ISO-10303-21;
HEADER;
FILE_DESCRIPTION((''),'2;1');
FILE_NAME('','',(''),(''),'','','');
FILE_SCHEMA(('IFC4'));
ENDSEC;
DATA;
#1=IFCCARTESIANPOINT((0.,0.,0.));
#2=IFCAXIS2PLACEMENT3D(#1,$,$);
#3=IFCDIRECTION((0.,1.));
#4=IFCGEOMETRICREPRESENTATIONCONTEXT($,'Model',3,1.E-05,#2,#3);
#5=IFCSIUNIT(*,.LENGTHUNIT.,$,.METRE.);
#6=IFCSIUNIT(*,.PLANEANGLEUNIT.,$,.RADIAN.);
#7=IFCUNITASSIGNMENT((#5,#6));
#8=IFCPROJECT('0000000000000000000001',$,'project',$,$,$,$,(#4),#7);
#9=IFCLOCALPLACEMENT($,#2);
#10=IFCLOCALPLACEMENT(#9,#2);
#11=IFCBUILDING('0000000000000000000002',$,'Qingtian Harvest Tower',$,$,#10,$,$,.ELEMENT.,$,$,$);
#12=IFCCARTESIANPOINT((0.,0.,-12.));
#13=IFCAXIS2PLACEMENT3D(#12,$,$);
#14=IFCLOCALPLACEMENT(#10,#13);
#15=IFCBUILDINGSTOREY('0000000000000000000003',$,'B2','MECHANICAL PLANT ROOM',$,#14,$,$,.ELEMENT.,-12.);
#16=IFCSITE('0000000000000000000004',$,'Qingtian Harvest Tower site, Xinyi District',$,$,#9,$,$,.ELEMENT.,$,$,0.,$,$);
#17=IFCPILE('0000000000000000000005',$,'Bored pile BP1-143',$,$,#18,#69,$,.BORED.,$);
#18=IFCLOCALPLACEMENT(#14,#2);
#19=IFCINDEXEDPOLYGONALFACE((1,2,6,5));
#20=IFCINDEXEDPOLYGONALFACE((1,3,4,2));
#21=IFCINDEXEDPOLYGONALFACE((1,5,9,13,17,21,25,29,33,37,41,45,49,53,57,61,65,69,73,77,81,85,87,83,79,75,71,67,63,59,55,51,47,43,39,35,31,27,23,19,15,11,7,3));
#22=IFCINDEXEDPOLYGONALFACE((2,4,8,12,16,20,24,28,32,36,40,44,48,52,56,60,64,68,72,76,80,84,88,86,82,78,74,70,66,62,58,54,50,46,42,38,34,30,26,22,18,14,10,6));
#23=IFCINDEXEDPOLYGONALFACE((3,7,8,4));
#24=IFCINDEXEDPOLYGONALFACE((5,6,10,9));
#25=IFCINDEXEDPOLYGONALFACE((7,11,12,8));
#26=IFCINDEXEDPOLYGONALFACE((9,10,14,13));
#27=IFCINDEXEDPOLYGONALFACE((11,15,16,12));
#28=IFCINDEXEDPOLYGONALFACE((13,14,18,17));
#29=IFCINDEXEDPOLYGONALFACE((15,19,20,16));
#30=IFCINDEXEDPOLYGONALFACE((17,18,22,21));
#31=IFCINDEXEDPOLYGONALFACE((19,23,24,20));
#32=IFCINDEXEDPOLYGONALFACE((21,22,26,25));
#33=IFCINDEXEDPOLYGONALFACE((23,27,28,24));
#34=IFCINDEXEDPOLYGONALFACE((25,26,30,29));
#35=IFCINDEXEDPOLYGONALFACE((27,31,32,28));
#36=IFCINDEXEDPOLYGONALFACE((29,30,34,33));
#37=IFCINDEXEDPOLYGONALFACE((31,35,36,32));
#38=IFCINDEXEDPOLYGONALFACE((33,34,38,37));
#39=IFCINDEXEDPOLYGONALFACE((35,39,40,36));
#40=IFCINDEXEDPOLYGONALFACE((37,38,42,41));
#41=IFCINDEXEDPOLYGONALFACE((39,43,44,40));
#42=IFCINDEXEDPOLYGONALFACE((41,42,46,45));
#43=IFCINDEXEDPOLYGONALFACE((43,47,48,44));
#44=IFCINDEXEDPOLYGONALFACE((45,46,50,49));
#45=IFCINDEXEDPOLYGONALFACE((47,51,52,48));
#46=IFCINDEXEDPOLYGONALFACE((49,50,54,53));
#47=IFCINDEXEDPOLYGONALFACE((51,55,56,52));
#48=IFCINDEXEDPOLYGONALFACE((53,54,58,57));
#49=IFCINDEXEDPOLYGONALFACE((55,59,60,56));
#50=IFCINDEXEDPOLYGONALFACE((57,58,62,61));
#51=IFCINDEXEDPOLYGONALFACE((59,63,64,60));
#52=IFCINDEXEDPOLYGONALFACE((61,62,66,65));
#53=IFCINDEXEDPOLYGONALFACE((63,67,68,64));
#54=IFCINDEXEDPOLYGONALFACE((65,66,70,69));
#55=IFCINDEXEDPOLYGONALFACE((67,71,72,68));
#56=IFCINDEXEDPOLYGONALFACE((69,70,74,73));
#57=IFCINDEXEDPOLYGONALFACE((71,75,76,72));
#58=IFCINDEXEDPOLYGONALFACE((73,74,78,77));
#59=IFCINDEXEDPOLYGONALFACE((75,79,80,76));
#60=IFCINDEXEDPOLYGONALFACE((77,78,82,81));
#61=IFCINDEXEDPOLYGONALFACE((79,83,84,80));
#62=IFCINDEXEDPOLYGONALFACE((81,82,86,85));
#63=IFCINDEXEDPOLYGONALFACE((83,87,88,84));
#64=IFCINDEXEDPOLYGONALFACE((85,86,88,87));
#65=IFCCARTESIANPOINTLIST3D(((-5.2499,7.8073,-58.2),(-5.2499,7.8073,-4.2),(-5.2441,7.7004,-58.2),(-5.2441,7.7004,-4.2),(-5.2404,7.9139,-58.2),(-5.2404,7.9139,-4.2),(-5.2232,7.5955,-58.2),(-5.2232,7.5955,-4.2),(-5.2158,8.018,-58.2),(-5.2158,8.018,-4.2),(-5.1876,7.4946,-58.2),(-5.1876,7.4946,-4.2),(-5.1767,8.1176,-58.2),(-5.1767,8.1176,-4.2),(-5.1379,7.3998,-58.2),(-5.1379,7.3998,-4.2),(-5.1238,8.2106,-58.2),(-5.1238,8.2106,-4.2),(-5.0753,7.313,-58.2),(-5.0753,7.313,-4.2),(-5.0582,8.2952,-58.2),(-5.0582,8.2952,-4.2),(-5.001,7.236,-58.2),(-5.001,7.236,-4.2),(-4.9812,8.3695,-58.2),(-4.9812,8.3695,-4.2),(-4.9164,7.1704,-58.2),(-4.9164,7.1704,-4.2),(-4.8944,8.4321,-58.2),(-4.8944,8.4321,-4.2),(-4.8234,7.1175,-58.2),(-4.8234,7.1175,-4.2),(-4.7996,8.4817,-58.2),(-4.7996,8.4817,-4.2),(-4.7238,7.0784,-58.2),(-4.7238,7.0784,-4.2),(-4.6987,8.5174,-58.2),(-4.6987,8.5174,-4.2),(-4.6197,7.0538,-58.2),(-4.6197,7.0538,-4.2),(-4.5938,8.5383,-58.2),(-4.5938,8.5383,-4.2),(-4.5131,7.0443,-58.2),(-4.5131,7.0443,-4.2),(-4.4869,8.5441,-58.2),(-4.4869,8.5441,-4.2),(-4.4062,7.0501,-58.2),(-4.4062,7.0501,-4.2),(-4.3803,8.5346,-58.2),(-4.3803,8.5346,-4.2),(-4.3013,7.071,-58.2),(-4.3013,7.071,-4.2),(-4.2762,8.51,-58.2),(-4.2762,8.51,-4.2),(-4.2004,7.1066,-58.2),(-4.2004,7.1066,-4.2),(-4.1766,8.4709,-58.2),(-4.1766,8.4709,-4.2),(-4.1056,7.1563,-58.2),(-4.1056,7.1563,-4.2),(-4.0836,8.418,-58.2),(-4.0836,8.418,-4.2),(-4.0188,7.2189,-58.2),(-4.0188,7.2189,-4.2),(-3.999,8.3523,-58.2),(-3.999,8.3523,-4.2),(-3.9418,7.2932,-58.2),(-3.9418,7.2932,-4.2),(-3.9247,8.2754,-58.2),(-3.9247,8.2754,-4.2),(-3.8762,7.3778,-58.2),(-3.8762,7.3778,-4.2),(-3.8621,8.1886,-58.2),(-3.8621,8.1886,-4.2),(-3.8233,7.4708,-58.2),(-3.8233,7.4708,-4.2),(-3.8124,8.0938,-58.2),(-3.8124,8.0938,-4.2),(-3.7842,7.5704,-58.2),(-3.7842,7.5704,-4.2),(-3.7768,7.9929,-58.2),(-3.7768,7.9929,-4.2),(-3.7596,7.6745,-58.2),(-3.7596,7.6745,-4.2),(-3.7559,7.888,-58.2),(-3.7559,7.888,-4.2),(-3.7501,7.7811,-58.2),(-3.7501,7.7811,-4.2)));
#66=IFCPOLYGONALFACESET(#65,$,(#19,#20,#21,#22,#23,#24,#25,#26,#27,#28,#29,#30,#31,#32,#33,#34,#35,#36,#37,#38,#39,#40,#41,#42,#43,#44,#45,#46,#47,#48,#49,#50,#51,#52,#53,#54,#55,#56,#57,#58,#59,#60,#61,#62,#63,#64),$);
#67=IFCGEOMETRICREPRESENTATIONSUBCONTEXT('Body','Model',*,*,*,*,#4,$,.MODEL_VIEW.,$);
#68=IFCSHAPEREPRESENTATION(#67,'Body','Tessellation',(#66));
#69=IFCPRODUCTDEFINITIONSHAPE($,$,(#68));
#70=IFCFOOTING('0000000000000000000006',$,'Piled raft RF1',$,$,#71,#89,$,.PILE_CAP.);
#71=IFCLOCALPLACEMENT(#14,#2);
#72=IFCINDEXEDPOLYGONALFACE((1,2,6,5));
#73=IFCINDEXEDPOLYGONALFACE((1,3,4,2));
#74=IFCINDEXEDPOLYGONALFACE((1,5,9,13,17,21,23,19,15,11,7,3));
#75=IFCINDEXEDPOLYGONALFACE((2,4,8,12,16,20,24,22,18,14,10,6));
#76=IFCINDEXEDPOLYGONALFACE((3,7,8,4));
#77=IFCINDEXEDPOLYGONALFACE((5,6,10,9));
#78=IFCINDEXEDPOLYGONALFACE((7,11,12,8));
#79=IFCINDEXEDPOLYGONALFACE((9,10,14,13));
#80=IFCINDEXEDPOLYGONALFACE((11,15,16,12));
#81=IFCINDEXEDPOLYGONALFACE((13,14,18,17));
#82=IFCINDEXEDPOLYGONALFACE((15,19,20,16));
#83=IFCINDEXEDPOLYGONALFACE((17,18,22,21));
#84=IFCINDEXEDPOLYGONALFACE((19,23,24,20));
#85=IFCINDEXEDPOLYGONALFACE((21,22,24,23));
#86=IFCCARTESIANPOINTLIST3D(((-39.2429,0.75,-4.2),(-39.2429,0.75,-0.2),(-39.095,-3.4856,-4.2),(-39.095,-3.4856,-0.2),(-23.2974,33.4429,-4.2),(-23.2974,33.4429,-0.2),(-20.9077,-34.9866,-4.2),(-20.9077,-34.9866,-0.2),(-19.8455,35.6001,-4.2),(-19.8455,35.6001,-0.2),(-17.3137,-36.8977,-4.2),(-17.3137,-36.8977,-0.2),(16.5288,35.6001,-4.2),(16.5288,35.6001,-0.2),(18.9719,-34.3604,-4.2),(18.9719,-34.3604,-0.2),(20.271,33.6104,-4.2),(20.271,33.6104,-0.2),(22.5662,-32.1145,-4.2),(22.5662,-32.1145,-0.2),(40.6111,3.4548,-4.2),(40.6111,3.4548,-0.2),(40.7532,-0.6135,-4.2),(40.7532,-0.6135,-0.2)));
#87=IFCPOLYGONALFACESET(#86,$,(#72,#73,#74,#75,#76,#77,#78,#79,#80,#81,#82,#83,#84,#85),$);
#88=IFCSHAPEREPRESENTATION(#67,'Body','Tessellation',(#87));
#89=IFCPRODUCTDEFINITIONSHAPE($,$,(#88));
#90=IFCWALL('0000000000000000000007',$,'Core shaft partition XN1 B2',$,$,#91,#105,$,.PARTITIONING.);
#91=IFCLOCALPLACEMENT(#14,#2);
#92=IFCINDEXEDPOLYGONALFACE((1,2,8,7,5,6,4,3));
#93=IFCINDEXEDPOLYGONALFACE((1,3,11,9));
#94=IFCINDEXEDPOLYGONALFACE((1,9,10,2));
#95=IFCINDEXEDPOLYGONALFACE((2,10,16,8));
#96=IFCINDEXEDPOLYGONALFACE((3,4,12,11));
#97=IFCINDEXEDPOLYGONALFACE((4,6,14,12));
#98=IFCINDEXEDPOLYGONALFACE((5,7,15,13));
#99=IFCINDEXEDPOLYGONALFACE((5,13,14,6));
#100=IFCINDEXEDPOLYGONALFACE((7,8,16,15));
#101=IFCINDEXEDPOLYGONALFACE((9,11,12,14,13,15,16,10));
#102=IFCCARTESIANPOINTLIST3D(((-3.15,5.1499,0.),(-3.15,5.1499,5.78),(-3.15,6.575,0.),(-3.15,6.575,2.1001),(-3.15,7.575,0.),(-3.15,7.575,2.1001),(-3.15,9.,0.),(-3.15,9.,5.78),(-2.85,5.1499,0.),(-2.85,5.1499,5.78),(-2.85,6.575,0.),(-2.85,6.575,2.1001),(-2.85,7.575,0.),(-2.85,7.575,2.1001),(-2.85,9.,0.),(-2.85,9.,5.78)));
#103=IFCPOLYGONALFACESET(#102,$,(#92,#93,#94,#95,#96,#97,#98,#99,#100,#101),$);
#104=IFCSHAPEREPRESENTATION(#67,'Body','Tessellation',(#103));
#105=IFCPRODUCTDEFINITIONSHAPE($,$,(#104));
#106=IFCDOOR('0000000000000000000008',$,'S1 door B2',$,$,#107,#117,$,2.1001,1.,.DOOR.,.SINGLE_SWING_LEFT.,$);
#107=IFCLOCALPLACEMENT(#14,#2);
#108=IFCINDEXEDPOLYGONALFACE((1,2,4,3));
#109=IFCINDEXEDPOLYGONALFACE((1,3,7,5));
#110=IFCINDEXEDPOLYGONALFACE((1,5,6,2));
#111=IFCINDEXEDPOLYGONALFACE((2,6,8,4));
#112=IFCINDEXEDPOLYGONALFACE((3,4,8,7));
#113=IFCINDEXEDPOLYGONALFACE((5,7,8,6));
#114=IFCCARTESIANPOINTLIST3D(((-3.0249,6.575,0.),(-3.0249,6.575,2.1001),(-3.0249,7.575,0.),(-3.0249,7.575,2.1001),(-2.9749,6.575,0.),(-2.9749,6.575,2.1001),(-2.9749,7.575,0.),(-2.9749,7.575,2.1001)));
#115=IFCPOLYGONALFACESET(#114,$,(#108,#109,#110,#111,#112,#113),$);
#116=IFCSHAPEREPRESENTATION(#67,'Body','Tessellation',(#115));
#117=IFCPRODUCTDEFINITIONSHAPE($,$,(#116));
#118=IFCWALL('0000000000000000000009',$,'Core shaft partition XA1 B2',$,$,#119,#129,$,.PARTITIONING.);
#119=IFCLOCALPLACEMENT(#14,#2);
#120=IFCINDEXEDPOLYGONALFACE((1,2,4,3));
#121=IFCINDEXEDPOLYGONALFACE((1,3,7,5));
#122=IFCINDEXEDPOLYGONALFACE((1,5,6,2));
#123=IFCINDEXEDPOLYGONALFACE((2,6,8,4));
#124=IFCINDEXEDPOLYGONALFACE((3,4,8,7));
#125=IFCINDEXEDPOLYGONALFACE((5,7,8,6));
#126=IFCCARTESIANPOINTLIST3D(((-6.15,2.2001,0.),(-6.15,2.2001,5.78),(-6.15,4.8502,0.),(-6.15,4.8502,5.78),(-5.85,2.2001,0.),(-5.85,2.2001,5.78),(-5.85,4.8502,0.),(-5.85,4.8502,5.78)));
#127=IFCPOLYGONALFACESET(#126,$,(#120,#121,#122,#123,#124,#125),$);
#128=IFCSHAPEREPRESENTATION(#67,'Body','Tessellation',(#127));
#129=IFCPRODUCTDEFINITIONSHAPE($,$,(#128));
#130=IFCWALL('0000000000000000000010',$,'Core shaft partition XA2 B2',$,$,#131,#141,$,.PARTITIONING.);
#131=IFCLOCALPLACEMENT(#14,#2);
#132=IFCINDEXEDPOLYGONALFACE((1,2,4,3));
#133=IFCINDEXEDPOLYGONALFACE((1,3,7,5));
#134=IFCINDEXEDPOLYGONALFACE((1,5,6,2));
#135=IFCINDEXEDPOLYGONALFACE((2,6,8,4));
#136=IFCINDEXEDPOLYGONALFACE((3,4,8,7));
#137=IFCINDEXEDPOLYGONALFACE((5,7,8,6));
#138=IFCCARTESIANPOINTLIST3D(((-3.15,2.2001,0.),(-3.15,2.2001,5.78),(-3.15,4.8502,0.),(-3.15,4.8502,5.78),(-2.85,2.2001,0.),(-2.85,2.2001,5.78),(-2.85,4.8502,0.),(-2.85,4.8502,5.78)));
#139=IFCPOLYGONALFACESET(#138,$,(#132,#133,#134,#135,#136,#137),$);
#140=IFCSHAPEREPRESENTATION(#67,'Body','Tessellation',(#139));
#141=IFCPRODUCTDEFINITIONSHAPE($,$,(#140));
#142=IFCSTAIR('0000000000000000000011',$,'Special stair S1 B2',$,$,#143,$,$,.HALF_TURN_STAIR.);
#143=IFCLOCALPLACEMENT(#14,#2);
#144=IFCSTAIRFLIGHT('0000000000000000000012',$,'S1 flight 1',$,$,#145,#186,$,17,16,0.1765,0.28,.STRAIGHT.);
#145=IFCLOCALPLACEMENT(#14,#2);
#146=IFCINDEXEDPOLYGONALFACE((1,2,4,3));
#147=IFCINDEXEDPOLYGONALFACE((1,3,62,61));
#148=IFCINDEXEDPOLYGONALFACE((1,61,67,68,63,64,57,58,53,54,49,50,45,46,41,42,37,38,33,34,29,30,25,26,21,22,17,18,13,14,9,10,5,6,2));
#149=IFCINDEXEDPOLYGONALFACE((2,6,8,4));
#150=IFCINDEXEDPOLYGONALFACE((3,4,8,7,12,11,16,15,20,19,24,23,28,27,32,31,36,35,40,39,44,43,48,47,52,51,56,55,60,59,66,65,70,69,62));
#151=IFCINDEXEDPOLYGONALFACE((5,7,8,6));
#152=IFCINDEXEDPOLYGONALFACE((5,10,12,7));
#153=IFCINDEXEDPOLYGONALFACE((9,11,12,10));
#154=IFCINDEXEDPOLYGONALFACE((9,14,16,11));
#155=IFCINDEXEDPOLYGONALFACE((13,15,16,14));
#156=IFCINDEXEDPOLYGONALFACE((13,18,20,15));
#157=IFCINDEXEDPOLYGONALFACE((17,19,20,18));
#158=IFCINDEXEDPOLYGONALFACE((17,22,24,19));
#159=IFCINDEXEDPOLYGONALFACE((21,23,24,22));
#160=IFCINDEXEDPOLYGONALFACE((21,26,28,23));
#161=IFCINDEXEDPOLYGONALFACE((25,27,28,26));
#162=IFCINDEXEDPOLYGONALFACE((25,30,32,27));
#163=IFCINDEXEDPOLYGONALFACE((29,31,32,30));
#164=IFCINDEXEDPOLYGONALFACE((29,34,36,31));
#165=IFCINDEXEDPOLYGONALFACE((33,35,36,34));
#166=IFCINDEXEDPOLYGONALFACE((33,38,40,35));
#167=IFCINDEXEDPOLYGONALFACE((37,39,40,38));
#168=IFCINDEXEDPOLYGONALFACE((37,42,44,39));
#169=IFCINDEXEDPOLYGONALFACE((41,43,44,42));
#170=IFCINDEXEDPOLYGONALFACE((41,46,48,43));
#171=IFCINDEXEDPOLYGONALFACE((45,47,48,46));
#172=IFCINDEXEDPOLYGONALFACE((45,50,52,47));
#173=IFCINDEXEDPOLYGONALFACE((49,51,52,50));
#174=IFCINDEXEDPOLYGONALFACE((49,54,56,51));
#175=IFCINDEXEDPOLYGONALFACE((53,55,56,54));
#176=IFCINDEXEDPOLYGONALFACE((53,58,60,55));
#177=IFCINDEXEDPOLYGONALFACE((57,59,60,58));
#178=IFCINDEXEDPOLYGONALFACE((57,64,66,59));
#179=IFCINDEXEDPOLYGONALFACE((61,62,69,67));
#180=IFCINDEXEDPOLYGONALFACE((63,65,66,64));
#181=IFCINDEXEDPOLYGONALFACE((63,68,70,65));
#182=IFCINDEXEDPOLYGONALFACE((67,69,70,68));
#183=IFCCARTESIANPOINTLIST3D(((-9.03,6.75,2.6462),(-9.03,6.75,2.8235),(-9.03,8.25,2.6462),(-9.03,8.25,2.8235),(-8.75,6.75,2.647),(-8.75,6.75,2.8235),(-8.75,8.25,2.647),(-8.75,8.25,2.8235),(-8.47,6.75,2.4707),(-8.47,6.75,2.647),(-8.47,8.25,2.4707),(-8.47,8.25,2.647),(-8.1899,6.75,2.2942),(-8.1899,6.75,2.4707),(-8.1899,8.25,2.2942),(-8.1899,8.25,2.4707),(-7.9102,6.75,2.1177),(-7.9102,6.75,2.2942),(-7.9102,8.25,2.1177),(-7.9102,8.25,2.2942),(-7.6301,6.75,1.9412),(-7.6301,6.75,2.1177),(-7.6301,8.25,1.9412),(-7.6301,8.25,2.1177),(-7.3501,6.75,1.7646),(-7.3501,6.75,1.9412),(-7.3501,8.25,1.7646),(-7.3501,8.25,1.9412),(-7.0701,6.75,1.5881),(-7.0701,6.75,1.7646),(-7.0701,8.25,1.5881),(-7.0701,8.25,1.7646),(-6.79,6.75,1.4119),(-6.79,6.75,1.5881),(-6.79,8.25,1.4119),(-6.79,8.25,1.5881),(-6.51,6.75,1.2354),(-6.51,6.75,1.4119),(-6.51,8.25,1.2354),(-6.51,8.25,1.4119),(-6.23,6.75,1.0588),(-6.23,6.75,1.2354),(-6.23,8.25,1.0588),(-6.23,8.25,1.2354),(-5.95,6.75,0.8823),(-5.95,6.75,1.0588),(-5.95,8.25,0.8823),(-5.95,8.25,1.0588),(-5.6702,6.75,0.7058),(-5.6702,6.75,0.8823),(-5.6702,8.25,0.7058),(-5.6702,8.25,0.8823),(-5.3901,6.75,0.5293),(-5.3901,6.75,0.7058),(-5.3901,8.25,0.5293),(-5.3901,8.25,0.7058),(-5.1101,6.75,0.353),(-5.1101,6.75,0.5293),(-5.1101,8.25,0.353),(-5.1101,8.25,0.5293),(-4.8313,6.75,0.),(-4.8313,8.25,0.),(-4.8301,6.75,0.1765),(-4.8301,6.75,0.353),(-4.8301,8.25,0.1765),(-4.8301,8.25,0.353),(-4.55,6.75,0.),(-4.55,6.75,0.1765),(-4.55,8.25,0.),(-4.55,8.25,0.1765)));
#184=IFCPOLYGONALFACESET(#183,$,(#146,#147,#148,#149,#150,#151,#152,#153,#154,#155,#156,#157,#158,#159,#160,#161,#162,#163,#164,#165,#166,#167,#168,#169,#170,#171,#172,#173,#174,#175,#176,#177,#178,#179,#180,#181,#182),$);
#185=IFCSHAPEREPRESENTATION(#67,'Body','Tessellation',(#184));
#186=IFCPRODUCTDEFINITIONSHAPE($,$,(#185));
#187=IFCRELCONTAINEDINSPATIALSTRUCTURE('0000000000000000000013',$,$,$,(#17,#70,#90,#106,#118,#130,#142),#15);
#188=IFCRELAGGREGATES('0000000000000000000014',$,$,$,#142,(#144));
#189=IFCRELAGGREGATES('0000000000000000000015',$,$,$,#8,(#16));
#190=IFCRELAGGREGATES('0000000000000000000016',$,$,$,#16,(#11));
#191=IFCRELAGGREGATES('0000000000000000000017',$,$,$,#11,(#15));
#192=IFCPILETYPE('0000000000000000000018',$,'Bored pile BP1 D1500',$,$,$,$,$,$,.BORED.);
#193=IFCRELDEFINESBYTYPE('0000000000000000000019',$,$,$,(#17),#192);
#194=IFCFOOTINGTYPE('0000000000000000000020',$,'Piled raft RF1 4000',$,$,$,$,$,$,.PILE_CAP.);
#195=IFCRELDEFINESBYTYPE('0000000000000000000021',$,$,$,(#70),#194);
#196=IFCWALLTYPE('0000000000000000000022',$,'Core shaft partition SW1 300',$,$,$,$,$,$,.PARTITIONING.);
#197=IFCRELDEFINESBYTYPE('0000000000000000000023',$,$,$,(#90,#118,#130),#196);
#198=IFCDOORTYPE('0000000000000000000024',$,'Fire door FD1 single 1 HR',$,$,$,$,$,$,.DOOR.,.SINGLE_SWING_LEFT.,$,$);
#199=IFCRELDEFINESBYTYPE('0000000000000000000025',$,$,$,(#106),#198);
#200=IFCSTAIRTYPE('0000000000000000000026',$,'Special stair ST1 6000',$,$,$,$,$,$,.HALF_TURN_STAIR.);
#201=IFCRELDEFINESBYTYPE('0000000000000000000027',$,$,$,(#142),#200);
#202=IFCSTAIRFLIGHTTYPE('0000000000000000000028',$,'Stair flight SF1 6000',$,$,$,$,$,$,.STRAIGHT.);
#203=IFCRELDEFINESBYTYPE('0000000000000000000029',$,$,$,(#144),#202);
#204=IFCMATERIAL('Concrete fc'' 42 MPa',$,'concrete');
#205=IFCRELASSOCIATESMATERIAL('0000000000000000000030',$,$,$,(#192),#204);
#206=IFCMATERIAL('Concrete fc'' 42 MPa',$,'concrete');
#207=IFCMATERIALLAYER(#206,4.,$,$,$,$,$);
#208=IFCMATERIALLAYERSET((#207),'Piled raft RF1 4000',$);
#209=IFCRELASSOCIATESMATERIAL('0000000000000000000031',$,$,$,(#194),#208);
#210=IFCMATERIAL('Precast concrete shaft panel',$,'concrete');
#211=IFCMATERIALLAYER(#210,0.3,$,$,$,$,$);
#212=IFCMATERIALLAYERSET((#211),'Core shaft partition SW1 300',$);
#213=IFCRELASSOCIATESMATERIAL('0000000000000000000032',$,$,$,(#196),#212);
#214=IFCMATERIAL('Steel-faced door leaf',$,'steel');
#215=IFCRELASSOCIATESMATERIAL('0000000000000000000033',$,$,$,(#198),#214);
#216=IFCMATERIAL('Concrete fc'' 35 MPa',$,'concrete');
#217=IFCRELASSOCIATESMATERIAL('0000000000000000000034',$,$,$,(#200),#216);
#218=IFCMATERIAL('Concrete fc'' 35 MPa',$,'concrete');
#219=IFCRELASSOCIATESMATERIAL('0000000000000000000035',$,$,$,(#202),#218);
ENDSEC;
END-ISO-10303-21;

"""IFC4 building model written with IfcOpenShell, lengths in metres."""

from ifc_helpers import new_model, si_unit, direction, frame, frame_2d, origin, place, context, subcontext, project, spatial, polyline, rectangle, circle, outline, extrude, material, layer, layer_set, material_profile, profile_set, type_object, element, fill, aggregate, save


model = new_model("IFC4")

# Units and contexts
model_context = context("Model", 3, precision=1e-05, world=origin(), true_north=direction((0.0, 1.0)))
body_context = subcontext(model_context, "Body", "Model", "MODEL_VIEW")
ifc_project = project(units=[si_unit("LENGTHUNIT", "METRE"), si_unit("PLANEANGLEUNIT", "RADIAN")], contexts=[model_context])

# Site, building, storey
site_placement = place(None, origin())
site = spatial("IfcSite", under=ifc_project, at=site_placement, Name="Qingtian Harvest Tower site, Xinyi District", CompositionType="ELEMENT", RefElevation=0.0)
building_placement = place(site_placement, origin())
building = spatial("IfcBuilding", under=site, at=building_placement, Name="Qingtian Harvest Tower", CompositionType="ELEMENT")
storey_placement = place(building_placement, frame((0.0, 0.0, -12.0)))
storey = spatial("IfcBuildingStorey", under=building, at=storey_placement, Name="B2", Description="MECHANICAL PLANT ROOM", CompositionType="ELEMENT", Elevation=-12.0)

# Pile
ifc_material_1 = material(Name="Concrete fc' 42 MPa", Category="concrete")
ifc_material_profile = material_profile(ifc_material_1, circle(Radius=0.75, at=frame_2d((0.0, 0.0), x_axis=(0.999848, 0.017452))), Name="Bored pile BP1 D1500")
ifc_profile_set = profile_set([ifc_material_profile], Name="Concrete fc' 42 MPa")
pile_type = type_object("IfcPileType", Name="Bored pile BP1 D1500", PredefinedType="BORED", material=ifc_profile_set)
for number, where, z_axis, x_axis, name in (
    (1, (-4.5, 7.7942, -4.2), (0.0, 0.0, -1.0), (1.0, 0.0, 0.0), "Bored pile BP1-143"),
):
    element("IfcPile", number, at=place(storey_placement, frame(where, z_axis=z_axis, x_axis=x_axis)), inside=storey, type_object=pile_type, Name=name, PredefinedType="BORED", context=body_context, shape_type="SweptSolid", body=[
        extrude(circle(Radius=0.75, at=frame_2d((0.0, 0.0), x_axis=(0.999848, 0.017452))), origin(), (0.0, 0.0, 1.0), 54.0),
    ])

# Footing
ifc_material_2 = material(Name="Concrete fc' 42 MPa", Category="concrete")
ifc_layer_1 = layer(ifc_material_2, 4.0)
ifc_layer_set_1 = layer_set([ifc_layer_1], Name="Piled raft RF1 4000")
footing_type = type_object("IfcFootingType", Name="Piled raft RF1 4000", PredefinedType="PILE_CAP", material=ifc_layer_set_1)
footing_placement = place(storey_placement, frame((0.0, 0.0, -4.2)))
element("IfcFooting", 2, at=footing_placement, inside=storey, type_object=footing_type, Name="Piled raft RF1", PredefinedType="PILE_CAP", context=body_context, shape_type="SweptSolid", body=[
    extrude(outline(polyline([(-19.8455, 35.6001), (16.5288, 35.6001), (20.271, 33.6104), (40.6111, 3.4548), (40.7532, -0.6135), (22.5662, -32.1145), (18.9719, -34.3604), (-17.3137, -36.8977), (-20.9077, -34.9866), (-39.095, -3.4856), (-39.2429, 0.75), (-23.2974, 33.4429), (-19.8455, 35.6001)])), origin(), (0.0, 0.0, 1.0), 4.0),
])

# Wall, opening, door
ifc_material_3 = material(Name="Precast concrete shaft panel", Category="concrete")
ifc_layer_2 = layer(ifc_material_3, 0.3)
ifc_layer_set_2 = layer_set([ifc_layer_2], Name="Core shaft partition SW1 300")
wall_type = type_object("IfcWallType", Name="Core shaft partition SW1 300", PredefinedType="PARTITIONING", material=ifc_layer_set_2)
wall_placement = place(storey_placement, frame((-3.0, 5.1499, 0.0), z_axis=(0.0, 0.0, 1.0), x_axis=(0.0, 1.0, 0.0)))
wall = element("IfcWall", 3, at=wall_placement, inside=storey, type_object=wall_type, Name="Core shaft partition XN1 B2", PredefinedType="PARTITIONING", context=body_context, shape_type="SweptSolid", body=[
    extrude(rectangle(XDim=3.8501, YDim=0.3, at=frame_2d((1.925, 0.0))), origin(), (0.0, 0.0, 1.0), 5.78),
])
opening_placement = place(wall_placement, frame((1.425, 0.0, 0.0)))
opening = element("IfcOpeningElement", 4, at=opening_placement, cuts=wall, PredefinedType="OPENING", context=body_context, shape_type="SweptSolid", body=[
    extrude(rectangle(XDim=1.0, YDim=2.1001, at=frame_2d((0.5, 1.05))), frame((0.0, 0.1599, 0.0), z_axis=(0.0, -1.0, 0.0), x_axis=(1.0, 0.0, 0.0)), (0.0, 0.0, 1.0), 0.3201),
])
ifc_material_4 = material(Name="Steel-faced door leaf", Category="steel")
door_type = type_object("IfcDoorType", Name="Fire door FD1 single 1 HR", OperationType="SINGLE_SWING_LEFT", PredefinedType="DOOR", material=ifc_material_4)
door_placement = place(opening_placement, origin())
door = element("IfcDoor", 5, at=door_placement, inside=storey, type_object=door_type, Name="S1 door B2", OperationType="SINGLE_SWING_LEFT", OverallHeight=2.1001, OverallWidth=1.0, PredefinedType="DOOR", context=body_context, shape_type="SweptSolid", body=[
    extrude(rectangle(XDim=1.0, YDim=2.1001, at=frame_2d((0.5, 1.05))), frame((0.0, 0.0249, 0.0), z_axis=(0.0, -1.0, 0.0), x_axis=(1.0, 0.0, 0.0)), (0.0, 0.0, 1.0), 0.05),
])
fill(opening, door)

# Walls
for number, where, z_axis, x_axis, name in (
    (6, (-6.0, 2.2, 0.0), (0.0, 0.0, 1.0), (0.0, 1.0, 0.0), "Core shaft partition XA1 B2"),
    (7, (-3.0, 2.2, 0.0), (0.0, 0.0, 1.0), (0.0, 1.0, 0.0), "Core shaft partition XA2 B2"),
):
    element("IfcWall", number, at=place(storey_placement, frame(where, z_axis=z_axis, x_axis=x_axis)), inside=storey, type_object=wall_type, Name=name, PredefinedType="PARTITIONING", context=body_context, shape_type="SweptSolid", body=[
        extrude(rectangle(XDim=2.6501, YDim=0.3, at=frame_2d((1.3252, 0.0))), origin(), (0.0, 0.0, 1.0), 5.78),
    ])

# Stair, stair flight
ifc_material_5 = material(Name="Concrete fc' 35 MPa", Category="concrete")
stair_type = type_object("IfcStairType", Name="Special stair ST1 6000", PredefinedType="HALF_TURN_STAIR", material=ifc_material_5)
stair_placement = place(storey_placement, origin())
stair = element("IfcStair", 8, at=stair_placement, inside=storey, type_object=stair_type, Name="Special stair S1 B2", PredefinedType="HALF_TURN_STAIR")
ifc_material_6 = material(Name="Concrete fc' 35 MPa", Category="concrete")
stair_flight_type = type_object("IfcStairFlightType", Name="Stair flight SF1 6000", PredefinedType="STRAIGHT", material=ifc_material_6)
stair_flight_placement = place(storey_placement, frame((-4.55, 7.5, 0.0), z_axis=(0.0, 0.0, 1.0), x_axis=(-1.0, 0.0, 0.0)))
stair_flight = element("IfcStairFlight", 9, at=stair_flight_placement, type_object=stair_flight_type, Name="S1 flight 1", NumberOfRisers=17, NumberOfTreads=16, PredefinedType="STRAIGHT", RiserHeight=0.1765, TreadLength=0.28, context=body_context, shape_type="SweptSolid", body=[
    extrude(outline(polyline([(0.0, 0.0), (0.0, 0.1765), (0.28, 0.1765), (0.28, 0.353), (0.5601, 0.353), (0.5601, 0.5293), (0.8401, 0.5293), (0.8401, 0.7058), (1.1201, 0.7058), (1.1201, 0.8823), (1.3999, 0.8823), (1.3999, 1.0588), (1.6799, 1.0588), (1.6799, 1.2354), (1.96, 1.2354), (1.96, 1.4119), (2.24, 1.4119), (2.24, 1.5881), (2.52, 1.5881), (2.52, 1.7646), (2.8, 1.7646), (2.8, 1.9412), (3.0801, 1.9412), (3.0801, 2.1177), (3.3601, 2.1177), (3.3601, 2.2942), (3.6399, 2.2942), (3.6399, 2.4707), (3.9199, 2.4707), (3.9199, 2.647), (4.2, 2.647), (4.2, 2.8235), (4.48, 2.8235), (4.48, 3.0), (4.48, 2.6462), (0.2812, 0.0), (0.0, 0.0)])), frame((0.0, 0.75, 0.0), z_axis=(0.0, -1.0, 0.0), x_axis=(1.0, 0.0, 0.0)), (0.0, 0.0, 1.0), 1.5),
])
aggregate(stair, [stair_flight])

save(model, "model.ifc")
